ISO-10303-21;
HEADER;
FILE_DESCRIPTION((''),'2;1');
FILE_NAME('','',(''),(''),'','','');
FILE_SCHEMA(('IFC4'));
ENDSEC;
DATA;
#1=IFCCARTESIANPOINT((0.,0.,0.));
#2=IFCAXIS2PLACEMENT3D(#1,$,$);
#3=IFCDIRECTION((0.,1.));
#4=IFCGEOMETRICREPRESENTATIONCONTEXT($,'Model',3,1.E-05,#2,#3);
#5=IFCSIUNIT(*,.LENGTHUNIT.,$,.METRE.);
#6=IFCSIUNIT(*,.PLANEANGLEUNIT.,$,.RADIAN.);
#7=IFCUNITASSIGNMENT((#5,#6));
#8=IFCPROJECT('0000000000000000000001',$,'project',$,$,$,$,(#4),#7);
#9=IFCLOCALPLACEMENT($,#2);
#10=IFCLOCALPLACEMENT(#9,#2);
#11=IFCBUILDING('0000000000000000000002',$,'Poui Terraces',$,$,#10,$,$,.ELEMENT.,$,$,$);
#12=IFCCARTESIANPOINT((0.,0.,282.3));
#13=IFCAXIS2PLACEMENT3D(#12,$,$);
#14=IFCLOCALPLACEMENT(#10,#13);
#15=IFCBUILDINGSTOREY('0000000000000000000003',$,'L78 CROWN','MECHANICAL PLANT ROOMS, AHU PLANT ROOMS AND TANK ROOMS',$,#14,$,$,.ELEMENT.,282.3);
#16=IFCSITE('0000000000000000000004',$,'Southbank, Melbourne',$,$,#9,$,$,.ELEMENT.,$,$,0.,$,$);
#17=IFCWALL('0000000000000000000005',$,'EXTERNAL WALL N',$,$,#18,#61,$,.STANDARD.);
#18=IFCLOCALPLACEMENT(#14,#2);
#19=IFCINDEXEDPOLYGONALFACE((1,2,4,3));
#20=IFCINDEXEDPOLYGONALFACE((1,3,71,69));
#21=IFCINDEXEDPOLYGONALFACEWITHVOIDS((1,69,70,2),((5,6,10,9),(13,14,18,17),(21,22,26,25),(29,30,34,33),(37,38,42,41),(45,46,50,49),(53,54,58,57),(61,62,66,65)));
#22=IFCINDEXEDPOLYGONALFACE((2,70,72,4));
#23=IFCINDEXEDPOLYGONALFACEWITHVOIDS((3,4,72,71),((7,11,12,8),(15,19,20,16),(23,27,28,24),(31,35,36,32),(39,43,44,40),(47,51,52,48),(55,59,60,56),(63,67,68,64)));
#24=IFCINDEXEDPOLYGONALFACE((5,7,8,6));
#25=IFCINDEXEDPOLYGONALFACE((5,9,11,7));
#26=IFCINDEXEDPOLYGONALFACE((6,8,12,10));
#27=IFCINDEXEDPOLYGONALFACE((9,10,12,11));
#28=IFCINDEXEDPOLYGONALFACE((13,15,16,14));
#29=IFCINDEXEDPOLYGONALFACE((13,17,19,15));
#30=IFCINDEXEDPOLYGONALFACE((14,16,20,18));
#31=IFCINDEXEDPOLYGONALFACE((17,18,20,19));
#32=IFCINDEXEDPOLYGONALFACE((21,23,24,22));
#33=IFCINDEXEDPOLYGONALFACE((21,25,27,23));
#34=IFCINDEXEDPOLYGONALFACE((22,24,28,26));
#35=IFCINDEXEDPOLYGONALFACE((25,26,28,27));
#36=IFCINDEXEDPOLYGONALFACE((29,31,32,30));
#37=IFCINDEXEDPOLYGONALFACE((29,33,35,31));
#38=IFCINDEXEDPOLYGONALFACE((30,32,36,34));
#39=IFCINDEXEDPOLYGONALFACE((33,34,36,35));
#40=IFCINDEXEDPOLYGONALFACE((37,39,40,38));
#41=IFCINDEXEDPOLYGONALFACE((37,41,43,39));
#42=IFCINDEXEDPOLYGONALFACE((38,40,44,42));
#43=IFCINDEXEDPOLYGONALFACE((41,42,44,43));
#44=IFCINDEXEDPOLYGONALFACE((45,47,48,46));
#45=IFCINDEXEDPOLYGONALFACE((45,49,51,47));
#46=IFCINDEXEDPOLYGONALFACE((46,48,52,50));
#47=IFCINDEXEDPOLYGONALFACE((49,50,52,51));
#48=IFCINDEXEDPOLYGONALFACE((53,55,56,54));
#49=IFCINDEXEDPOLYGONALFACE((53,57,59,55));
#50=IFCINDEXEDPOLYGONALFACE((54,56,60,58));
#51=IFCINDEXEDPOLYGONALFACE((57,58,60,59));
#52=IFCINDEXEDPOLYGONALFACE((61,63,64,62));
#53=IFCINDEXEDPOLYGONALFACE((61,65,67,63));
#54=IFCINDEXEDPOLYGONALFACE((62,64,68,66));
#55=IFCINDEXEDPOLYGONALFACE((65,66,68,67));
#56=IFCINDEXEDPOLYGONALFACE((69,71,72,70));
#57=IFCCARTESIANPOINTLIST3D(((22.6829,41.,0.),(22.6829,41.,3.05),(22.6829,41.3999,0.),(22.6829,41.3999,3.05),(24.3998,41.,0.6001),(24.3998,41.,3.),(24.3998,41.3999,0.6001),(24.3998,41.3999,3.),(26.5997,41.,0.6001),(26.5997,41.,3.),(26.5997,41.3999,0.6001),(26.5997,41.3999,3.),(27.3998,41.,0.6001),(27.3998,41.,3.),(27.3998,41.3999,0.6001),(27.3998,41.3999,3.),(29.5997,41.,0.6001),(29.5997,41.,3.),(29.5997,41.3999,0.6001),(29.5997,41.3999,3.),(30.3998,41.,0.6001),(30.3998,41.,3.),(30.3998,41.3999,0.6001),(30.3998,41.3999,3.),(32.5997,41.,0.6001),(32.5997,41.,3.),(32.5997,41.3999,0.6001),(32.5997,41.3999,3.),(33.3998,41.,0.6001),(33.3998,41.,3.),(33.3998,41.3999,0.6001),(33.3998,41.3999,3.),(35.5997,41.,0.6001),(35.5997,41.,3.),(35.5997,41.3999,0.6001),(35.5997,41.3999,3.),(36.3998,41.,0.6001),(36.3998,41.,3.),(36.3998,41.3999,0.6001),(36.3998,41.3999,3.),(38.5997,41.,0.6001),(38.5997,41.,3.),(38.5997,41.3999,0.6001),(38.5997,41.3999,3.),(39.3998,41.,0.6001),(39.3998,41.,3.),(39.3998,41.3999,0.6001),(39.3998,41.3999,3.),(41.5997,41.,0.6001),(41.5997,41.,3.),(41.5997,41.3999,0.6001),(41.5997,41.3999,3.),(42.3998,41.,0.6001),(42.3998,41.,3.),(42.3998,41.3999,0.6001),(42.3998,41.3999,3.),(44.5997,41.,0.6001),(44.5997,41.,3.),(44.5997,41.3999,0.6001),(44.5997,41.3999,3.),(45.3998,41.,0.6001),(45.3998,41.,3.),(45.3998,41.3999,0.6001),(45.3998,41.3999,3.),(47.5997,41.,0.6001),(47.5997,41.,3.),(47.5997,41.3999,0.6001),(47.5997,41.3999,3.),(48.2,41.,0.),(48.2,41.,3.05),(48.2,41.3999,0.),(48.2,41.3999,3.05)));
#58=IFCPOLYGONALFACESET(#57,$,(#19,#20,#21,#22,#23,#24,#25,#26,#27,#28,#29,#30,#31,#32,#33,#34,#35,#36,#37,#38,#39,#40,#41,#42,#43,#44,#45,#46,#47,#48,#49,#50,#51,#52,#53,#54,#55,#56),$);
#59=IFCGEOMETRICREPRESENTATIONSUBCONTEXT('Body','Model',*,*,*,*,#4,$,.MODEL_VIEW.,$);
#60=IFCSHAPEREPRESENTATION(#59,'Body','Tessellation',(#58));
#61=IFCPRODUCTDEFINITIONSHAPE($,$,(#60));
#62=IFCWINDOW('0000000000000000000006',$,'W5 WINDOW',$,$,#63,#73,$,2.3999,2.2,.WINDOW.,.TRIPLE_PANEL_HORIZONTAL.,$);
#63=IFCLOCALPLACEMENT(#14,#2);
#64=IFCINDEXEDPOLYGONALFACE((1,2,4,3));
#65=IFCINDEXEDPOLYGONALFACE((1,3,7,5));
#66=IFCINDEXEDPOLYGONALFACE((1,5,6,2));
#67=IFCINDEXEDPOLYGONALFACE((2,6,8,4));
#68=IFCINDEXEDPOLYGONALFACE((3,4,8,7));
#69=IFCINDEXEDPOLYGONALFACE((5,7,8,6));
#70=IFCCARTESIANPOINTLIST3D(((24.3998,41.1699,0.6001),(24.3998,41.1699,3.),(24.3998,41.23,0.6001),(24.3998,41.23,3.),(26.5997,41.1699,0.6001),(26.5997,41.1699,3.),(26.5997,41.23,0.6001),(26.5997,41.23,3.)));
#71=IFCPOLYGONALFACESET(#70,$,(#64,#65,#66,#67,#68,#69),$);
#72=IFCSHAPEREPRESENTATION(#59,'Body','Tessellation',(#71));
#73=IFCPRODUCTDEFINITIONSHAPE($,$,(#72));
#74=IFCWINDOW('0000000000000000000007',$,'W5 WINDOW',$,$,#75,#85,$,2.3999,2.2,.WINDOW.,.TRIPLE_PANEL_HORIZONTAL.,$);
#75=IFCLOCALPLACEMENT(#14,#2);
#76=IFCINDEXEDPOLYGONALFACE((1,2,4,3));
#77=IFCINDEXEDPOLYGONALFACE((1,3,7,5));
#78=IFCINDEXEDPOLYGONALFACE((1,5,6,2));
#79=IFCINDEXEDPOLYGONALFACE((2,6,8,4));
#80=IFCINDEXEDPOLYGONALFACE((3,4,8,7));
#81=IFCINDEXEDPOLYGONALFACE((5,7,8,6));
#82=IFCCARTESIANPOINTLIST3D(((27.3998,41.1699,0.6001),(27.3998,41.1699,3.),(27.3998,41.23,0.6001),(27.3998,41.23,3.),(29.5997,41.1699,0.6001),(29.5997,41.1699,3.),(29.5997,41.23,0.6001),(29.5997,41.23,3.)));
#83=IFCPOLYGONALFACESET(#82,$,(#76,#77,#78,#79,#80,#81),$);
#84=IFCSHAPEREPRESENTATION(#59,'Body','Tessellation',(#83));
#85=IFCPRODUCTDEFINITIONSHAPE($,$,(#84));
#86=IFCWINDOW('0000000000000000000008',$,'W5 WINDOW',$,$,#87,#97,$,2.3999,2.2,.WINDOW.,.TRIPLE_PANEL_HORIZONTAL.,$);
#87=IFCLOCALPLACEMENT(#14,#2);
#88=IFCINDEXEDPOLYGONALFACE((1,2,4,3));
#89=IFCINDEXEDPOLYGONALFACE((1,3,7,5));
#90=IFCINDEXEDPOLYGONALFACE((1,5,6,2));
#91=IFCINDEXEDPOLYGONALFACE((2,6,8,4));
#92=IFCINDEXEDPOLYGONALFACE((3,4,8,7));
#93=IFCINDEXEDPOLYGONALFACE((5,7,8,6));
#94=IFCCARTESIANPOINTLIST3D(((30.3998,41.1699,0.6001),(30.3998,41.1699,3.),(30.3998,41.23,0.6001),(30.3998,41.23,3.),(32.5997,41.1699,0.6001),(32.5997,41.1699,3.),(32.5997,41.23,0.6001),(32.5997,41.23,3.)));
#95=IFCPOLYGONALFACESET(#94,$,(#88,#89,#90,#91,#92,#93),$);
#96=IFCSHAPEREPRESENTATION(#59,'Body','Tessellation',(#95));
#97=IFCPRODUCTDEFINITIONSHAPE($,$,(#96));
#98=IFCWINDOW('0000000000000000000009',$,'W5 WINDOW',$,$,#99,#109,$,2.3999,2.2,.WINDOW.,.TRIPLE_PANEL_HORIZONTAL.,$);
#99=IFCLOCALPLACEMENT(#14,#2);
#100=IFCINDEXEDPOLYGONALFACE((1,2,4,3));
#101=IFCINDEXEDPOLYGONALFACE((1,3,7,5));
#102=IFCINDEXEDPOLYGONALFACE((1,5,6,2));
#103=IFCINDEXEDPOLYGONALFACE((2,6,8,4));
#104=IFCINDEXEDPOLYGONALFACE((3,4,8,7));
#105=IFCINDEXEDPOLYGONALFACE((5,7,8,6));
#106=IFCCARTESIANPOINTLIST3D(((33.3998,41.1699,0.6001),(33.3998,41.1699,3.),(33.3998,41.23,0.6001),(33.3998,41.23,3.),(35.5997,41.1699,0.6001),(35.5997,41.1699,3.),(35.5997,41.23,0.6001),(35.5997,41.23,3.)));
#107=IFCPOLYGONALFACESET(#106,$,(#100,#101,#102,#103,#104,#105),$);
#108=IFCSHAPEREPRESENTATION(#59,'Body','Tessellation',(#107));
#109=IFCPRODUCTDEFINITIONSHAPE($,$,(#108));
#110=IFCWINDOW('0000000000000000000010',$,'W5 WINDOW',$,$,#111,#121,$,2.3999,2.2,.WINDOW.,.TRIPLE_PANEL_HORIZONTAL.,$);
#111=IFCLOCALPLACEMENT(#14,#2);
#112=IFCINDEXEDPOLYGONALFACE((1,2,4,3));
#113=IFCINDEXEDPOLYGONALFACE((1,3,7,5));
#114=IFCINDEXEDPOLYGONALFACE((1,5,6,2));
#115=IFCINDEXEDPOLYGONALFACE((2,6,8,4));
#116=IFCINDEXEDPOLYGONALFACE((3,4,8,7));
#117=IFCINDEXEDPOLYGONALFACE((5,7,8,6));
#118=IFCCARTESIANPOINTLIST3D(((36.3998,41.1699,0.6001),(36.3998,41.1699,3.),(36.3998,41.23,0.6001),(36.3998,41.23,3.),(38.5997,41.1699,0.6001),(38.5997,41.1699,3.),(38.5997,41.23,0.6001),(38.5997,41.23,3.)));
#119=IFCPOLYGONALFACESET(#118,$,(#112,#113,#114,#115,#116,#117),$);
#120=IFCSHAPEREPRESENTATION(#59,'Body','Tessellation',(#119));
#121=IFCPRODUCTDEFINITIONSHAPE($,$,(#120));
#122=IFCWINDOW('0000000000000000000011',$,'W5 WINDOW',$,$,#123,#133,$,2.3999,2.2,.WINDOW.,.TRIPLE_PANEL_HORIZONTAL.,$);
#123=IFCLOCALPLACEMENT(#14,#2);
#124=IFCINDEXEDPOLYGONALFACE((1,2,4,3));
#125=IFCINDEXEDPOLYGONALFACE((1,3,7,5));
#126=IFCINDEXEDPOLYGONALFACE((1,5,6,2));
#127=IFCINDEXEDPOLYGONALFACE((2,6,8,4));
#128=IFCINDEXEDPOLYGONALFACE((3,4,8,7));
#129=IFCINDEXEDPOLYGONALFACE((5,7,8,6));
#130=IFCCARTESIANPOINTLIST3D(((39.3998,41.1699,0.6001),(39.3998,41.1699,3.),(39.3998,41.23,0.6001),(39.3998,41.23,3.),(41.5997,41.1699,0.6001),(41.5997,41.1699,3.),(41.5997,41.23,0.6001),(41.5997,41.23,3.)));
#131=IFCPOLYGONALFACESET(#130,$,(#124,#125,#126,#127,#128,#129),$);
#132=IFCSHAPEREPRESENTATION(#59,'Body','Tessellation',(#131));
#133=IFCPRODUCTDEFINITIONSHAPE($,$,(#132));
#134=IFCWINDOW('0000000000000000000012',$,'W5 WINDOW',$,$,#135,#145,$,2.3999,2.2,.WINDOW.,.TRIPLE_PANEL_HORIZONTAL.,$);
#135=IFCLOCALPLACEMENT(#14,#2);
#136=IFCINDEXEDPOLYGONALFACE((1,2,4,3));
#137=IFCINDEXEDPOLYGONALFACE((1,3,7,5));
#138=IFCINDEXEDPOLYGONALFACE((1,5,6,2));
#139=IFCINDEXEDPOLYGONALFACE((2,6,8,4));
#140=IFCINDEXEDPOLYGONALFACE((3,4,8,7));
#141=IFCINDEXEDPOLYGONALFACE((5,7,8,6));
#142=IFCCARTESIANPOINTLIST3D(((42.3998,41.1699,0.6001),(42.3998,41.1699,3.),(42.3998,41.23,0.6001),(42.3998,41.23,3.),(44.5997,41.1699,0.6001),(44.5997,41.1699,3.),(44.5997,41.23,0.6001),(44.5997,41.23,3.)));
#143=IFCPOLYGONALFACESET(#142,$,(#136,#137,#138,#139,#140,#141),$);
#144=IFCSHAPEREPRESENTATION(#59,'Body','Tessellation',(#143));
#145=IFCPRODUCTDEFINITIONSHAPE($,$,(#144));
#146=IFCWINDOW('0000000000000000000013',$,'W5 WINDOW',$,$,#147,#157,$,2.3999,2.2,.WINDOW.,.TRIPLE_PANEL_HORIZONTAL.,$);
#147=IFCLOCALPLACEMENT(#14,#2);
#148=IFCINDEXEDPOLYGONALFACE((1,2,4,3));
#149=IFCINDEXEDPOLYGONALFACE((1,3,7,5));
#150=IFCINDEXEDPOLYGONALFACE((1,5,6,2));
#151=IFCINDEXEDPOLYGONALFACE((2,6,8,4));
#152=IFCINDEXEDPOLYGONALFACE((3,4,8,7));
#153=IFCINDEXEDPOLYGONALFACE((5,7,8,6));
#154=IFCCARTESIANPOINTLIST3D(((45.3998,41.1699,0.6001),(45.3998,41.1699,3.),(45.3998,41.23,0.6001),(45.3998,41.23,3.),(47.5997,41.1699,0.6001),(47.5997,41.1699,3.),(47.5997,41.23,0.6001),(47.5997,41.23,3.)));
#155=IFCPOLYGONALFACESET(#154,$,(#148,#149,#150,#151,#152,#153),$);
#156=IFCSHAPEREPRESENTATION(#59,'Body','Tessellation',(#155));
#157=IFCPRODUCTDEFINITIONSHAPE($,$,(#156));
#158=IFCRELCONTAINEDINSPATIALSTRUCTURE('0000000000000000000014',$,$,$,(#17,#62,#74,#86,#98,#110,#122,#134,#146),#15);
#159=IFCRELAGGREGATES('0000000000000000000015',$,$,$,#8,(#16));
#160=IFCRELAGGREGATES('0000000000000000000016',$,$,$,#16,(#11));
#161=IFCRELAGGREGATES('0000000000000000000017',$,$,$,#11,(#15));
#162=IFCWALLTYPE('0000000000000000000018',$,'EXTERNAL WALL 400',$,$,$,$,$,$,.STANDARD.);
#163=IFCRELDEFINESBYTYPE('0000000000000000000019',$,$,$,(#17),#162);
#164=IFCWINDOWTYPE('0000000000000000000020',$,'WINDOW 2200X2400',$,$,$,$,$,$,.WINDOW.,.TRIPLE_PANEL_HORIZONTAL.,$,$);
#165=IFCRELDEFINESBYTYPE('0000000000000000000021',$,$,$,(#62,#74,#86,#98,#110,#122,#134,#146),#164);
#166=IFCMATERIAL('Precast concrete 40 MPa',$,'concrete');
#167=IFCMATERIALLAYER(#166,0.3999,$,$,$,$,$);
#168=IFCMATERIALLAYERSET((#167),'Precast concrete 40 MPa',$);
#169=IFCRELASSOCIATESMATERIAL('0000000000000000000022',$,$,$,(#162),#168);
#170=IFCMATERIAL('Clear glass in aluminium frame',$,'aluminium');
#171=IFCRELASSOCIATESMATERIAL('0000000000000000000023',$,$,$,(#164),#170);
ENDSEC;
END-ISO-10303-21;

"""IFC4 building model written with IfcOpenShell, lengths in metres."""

from ifc_helpers import new_model, si_unit, direction, frame, frame_2d, origin, place, context, subcontext, project, spatial, rectangle, extrude, material, layer, layer_set, type_object, element, fill, save


model = new_model("IFC4")

# Units and contexts
model_context = context("Model", 3, precision=1e-05, world=origin(), true_north=direction((0.0, 1.0)))
body_context = subcontext(model_context, "Body", "Model", "MODEL_VIEW")
ifc_project = project(units=[si_unit("LENGTHUNIT", "METRE"), si_unit("PLANEANGLEUNIT", "RADIAN")], contexts=[model_context])

# Site, building, storey
site_placement = place(None, origin())
site = spatial("IfcSite", under=ifc_project, at=site_placement, Name="Southbank, Melbourne", CompositionType="ELEMENT", RefElevation=0.0)
building_placement = place(site_placement, origin())
building = spatial("IfcBuilding", under=site, at=building_placement, Name="Poui Terraces", CompositionType="ELEMENT")
storey_placement = place(building_placement, frame((0.0, 0.0, 282.3)))
storey = spatial("IfcBuildingStorey", under=building, at=storey_placement, Name="L78 CROWN", Description="MECHANICAL PLANT ROOMS, AHU PLANT ROOMS AND TANK ROOMS", CompositionType="ELEMENT", Elevation=282.3)

# Wall, openings, windows
ifc_material_1 = material(Name="Precast concrete 40 MPa", Category="concrete")
ifc_layer_1 = layer(ifc_material_1, 0.3999)
ifc_layer_set_1 = layer_set([ifc_layer_1], Name="Precast concrete 40 MPa")
wall_type_1 = type_object("IfcWallType", Name="EXTERNAL WALL 400", PredefinedType="STANDARD", material=ifc_layer_set_1)
wall_1_placement = place(storey_placement, frame((48.2, 41.2, 0.0), z_axis=(0.0, 0.0, 1.0), x_axis=(-1.0, 0.0, 0.0)))
wall_1 = element("IfcWall", 1, at=wall_1_placement, inside=storey, type_object=wall_type_1, Name="EXTERNAL WALL N", PredefinedType="STANDARD", context=body_context, shape_type="SweptSolid", body=[
    extrude(rectangle(XDim=25.5171, YDim=0.3999, at=frame_2d((12.7585, 0.0))), origin(), (0.0, 0.0, 1.0), 3.05),
])
opening_1_placement = place(wall_1_placement, frame((21.6001, 0.0, 0.6001)))
opening_1 = element("IfcOpeningElement", 2, at=opening_1_placement, cuts=wall_1, PredefinedType="OPENING", context=body_context, shape_type="SweptSolid", body=[
    extrude(rectangle(XDim=2.2, YDim=2.3999, at=frame_2d((1.1001, 1.2))), frame((0.0, 0.21, 0.0), z_axis=(0.0, -1.0, 0.0), x_axis=(1.0, 0.0, 0.0)), (0.0, 0.0, 1.0), 0.4199),
])
opening_2_placement = place(wall_1_placement, frame((18.6001, 0.0, 0.6001)))
opening_2 = element("IfcOpeningElement", 3, at=opening_2_placement, cuts=wall_1, PredefinedType="OPENING", context=body_context, shape_type="SweptSolid", body=[
    extrude(rectangle(XDim=2.2, YDim=2.3999, at=frame_2d((1.1001, 1.2))), frame((0.0, 0.21, 0.0), z_axis=(0.0, -1.0, 0.0), x_axis=(1.0, 0.0, 0.0)), (0.0, 0.0, 1.0), 0.4199),
])
opening_3_placement = place(wall_1_placement, frame((15.6001, 0.0, 0.6001)))
opening_3 = element("IfcOpeningElement", 4, at=opening_3_placement, cuts=wall_1, PredefinedType="OPENING", context=body_context, shape_type="SweptSolid", body=[
    extrude(rectangle(XDim=2.2, YDim=2.3999, at=frame_2d((1.1001, 1.2))), frame((0.0, 0.21, 0.0), z_axis=(0.0, -1.0, 0.0), x_axis=(1.0, 0.0, 0.0)), (0.0, 0.0, 1.0), 0.4199),
])
opening_4_placement = place(wall_1_placement, frame((12.6001, 0.0, 0.6001)))
opening_4 = element("IfcOpeningElement", 5, at=opening_4_placement, cuts=wall_1, PredefinedType="OPENING", context=body_context, shape_type="SweptSolid", body=[
    extrude(rectangle(XDim=2.2, YDim=2.3999, at=frame_2d((1.1001, 1.2))), frame((0.0, 0.21, 0.0), z_axis=(0.0, -1.0, 0.0), x_axis=(1.0, 0.0, 0.0)), (0.0, 0.0, 1.0), 0.4199),
])
opening_5_placement = place(wall_1_placement, frame((9.6001, 0.0, 0.6001)))
opening_5 = element("IfcOpeningElement", 6, at=opening_5_placement, cuts=wall_1, PredefinedType="OPENING", context=body_context, shape_type="SweptSolid", body=[
    extrude(rectangle(XDim=2.2, YDim=2.3999, at=frame_2d((1.1001, 1.2))), frame((0.0, 0.21, 0.0), z_axis=(0.0, -1.0, 0.0), x_axis=(1.0, 0.0, 0.0)), (0.0, 0.0, 1.0), 0.4199),
])
opening_6_placement = place(wall_1_placement, frame((6.6001, 0.0, 0.6001)))
opening_6 = element("IfcOpeningElement", 7, at=opening_6_placement, cuts=wall_1, PredefinedType="OPENING", context=body_context, shape_type="SweptSolid", body=[
    extrude(rectangle(XDim=2.2, YDim=2.3999, at=frame_2d((1.1001, 1.2))), frame((0.0, 0.21, 0.0), z_axis=(0.0, -1.0, 0.0), x_axis=(1.0, 0.0, 0.0)), (0.0, 0.0, 1.0), 0.4199),
])
opening_7_placement = place(wall_1_placement, frame((3.6001, 0.0, 0.6001)))
opening_7 = element("IfcOpeningElement", 8, at=opening_7_placement, cuts=wall_1, PredefinedType="OPENING", context=body_context, shape_type="SweptSolid", body=[
    extrude(rectangle(XDim=2.2, YDim=2.3999, at=frame_2d((1.1001, 1.2))), frame((0.0, 0.21, 0.0), z_axis=(0.0, -1.0, 0.0), x_axis=(1.0, 0.0, 0.0)), (0.0, 0.0, 1.0), 0.4199),
])
opening_8_placement = place(wall_1_placement, frame((0.6001, 0.0, 0.6001)))
opening_8 = element("IfcOpeningElement", 9, at=opening_8_placement, cuts=wall_1, PredefinedType="OPENING", context=body_context, shape_type="SweptSolid", body=[
    extrude(rectangle(XDim=2.2, YDim=2.3999, at=frame_2d((1.1001, 1.2))), frame((0.0, 0.21, 0.0), z_axis=(0.0, -1.0, 0.0), x_axis=(1.0, 0.0, 0.0)), (0.0, 0.0, 1.0), 0.4199),
])
ifc_material_2 = material(Name="Clear glass in aluminium frame", Category="aluminium")
window_type = type_object("IfcWindowType", Name="WINDOW 2200X2400", PartitioningType="TRIPLE_PANEL_HORIZONTAL", PredefinedType="WINDOW", material=ifc_material_2)
window_1_placement = place(opening_1_placement, origin())
window_1 = element("IfcWindow", 10, at=window_1_placement, inside=storey, type_object=window_type, Name="W5 WINDOW", OverallHeight=2.3999, OverallWidth=2.2, PartitioningType="TRIPLE_PANEL_HORIZONTAL", PredefinedType="WINDOW", context=body_context, shape_type="SweptSolid", body=[
    extrude(rectangle(XDim=2.2, YDim=2.3999, at=frame_2d((1.1001, 1.2))), frame((0.0, 0.03, 0.0), z_axis=(0.0, -1.0, 0.0), x_axis=(1.0, 0.0, 0.0)), (0.0, 0.0, 1.0), 0.0601),
])
fill(opening_1, window_1)
window_2_placement = place(opening_2_placement, origin())
window_2 = element("IfcWindow", 11, at=window_2_placement, inside=storey, type_object=window_type, Name="W5 WINDOW", OverallHeight=2.3999, OverallWidth=2.2, PartitioningType="TRIPLE_PANEL_HORIZONTAL", PredefinedType="WINDOW", context=body_context, shape_type="SweptSolid", body=[
    extrude(rectangle(XDim=2.2, YDim=2.3999, at=frame_2d((1.1001, 1.2))), frame((0.0, 0.03, 0.0), z_axis=(0.0, -1.0, 0.0), x_axis=(1.0, 0.0, 0.0)), (0.0, 0.0, 1.0), 0.0601),
])
fill(opening_2, window_2)
window_3_placement = place(opening_3_placement, origin())
window_3 = element("IfcWindow", 12, at=window_3_placement, inside=storey, type_object=window_type, Name="W5 WINDOW", OverallHeight=2.3999, OverallWidth=2.2, PartitioningType="TRIPLE_PANEL_HORIZONTAL", PredefinedType="WINDOW", context=body_context, shape_type="SweptSolid", body=[
    extrude(rectangle(XDim=2.2, YDim=2.3999, at=frame_2d((1.1001, 1.2))), frame((0.0, 0.03, 0.0), z_axis=(0.0, -1.0, 0.0), x_axis=(1.0, 0.0, 0.0)), (0.0, 0.0, 1.0), 0.0601),
])
fill(opening_3, window_3)
window_4_placement = place(opening_4_placement, origin())
window_4 = element("IfcWindow", 13, at=window_4_placement, inside=storey, type_object=window_type, Name="W5 WINDOW", OverallHeight=2.3999, OverallWidth=2.2, PartitioningType="TRIPLE_PANEL_HORIZONTAL", PredefinedType="WINDOW", context=body_context, shape_type="SweptSolid", body=[
    extrude(rectangle(XDim=2.2, YDim=2.3999, at=frame_2d((1.1001, 1.2))), frame((0.0, 0.03, 0.0), z_axis=(0.0, -1.0, 0.0), x_axis=(1.0, 0.0, 0.0)), (0.0, 0.0, 1.0), 0.0601),
])
fill(opening_4, window_4)
window_5_placement = place(opening_5_placement, origin())
window_5 = element("IfcWindow", 14, at=window_5_placement, inside=storey, type_object=window_type, Name="W5 WINDOW", OverallHeight=2.3999, OverallWidth=2.2, PartitioningType="TRIPLE_PANEL_HORIZONTAL", PredefinedType="WINDOW", context=body_context, shape_type="SweptSolid", body=[
    extrude(rectangle(XDim=2.2, YDim=2.3999, at=frame_2d((1.1001, 1.2))), frame((0.0, 0.03, 0.0), z_axis=(0.0, -1.0, 0.0), x_axis=(1.0, 0.0, 0.0)), (0.0, 0.0, 1.0), 0.0601),
])
fill(opening_5, window_5)
window_6_placement = place(opening_6_placement, origin())
window_6 = element("IfcWindow", 15, at=window_6_placement, inside=storey, type_object=window_type, Name="W5 WINDOW", OverallHeight=2.3999, OverallWidth=2.2, PartitioningType="TRIPLE_PANEL_HORIZONTAL", PredefinedType="WINDOW", context=body_context, shape_type="SweptSolid", body=[
    extrude(rectangle(XDim=2.2, YDim=2.3999, at=frame_2d((1.1001, 1.2))), frame((0.0, 0.03, 0.0), z_axis=(0.0, -1.0, 0.0), x_axis=(1.0, 0.0, 0.0)), (0.0, 0.0, 1.0), 0.0601),
])
fill(opening_6, window_6)
window_7_placement = place(opening_7_placement, origin())
window_7 = element("IfcWindow", 16, at=window_7_placement, inside=storey, type_object=window_type, Name="W5 WINDOW", OverallHeight=2.3999, OverallWidth=2.2, PartitioningType="TRIPLE_PANEL_HORIZONTAL", PredefinedType="WINDOW", context=body_context, shape_type="SweptSolid", body=[
    extrude(rectangle(XDim=2.2, YDim=2.3999, at=frame_2d((1.1001, 1.2))), frame((0.0, 0.03, 0.0), z_axis=(0.0, -1.0, 0.0), x_axis=(1.0, 0.0, 0.0)), (0.0, 0.0, 1.0), 0.0601),
])
fill(opening_7, window_7)
window_8_placement = place(opening_8_placement, origin())
window_8 = element("IfcWindow", 17, at=window_8_placement, inside=storey, type_object=window_type, Name="W5 WINDOW", OverallHeight=2.3999, OverallWidth=2.2, PartitioningType="TRIPLE_PANEL_HORIZONTAL", PredefinedType="WINDOW", context=body_context, shape_type="SweptSolid", body=[
    extrude(rectangle(XDim=2.2, YDim=2.3999, at=frame_2d((1.1001, 1.2))), frame((0.0, 0.03, 0.0), z_axis=(0.0, -1.0, 0.0), x_axis=(1.0, 0.0, 0.0)), (0.0, 0.0, 1.0), 0.0601),
])
fill(opening_8, window_8)

save(model, "model.ifc")
